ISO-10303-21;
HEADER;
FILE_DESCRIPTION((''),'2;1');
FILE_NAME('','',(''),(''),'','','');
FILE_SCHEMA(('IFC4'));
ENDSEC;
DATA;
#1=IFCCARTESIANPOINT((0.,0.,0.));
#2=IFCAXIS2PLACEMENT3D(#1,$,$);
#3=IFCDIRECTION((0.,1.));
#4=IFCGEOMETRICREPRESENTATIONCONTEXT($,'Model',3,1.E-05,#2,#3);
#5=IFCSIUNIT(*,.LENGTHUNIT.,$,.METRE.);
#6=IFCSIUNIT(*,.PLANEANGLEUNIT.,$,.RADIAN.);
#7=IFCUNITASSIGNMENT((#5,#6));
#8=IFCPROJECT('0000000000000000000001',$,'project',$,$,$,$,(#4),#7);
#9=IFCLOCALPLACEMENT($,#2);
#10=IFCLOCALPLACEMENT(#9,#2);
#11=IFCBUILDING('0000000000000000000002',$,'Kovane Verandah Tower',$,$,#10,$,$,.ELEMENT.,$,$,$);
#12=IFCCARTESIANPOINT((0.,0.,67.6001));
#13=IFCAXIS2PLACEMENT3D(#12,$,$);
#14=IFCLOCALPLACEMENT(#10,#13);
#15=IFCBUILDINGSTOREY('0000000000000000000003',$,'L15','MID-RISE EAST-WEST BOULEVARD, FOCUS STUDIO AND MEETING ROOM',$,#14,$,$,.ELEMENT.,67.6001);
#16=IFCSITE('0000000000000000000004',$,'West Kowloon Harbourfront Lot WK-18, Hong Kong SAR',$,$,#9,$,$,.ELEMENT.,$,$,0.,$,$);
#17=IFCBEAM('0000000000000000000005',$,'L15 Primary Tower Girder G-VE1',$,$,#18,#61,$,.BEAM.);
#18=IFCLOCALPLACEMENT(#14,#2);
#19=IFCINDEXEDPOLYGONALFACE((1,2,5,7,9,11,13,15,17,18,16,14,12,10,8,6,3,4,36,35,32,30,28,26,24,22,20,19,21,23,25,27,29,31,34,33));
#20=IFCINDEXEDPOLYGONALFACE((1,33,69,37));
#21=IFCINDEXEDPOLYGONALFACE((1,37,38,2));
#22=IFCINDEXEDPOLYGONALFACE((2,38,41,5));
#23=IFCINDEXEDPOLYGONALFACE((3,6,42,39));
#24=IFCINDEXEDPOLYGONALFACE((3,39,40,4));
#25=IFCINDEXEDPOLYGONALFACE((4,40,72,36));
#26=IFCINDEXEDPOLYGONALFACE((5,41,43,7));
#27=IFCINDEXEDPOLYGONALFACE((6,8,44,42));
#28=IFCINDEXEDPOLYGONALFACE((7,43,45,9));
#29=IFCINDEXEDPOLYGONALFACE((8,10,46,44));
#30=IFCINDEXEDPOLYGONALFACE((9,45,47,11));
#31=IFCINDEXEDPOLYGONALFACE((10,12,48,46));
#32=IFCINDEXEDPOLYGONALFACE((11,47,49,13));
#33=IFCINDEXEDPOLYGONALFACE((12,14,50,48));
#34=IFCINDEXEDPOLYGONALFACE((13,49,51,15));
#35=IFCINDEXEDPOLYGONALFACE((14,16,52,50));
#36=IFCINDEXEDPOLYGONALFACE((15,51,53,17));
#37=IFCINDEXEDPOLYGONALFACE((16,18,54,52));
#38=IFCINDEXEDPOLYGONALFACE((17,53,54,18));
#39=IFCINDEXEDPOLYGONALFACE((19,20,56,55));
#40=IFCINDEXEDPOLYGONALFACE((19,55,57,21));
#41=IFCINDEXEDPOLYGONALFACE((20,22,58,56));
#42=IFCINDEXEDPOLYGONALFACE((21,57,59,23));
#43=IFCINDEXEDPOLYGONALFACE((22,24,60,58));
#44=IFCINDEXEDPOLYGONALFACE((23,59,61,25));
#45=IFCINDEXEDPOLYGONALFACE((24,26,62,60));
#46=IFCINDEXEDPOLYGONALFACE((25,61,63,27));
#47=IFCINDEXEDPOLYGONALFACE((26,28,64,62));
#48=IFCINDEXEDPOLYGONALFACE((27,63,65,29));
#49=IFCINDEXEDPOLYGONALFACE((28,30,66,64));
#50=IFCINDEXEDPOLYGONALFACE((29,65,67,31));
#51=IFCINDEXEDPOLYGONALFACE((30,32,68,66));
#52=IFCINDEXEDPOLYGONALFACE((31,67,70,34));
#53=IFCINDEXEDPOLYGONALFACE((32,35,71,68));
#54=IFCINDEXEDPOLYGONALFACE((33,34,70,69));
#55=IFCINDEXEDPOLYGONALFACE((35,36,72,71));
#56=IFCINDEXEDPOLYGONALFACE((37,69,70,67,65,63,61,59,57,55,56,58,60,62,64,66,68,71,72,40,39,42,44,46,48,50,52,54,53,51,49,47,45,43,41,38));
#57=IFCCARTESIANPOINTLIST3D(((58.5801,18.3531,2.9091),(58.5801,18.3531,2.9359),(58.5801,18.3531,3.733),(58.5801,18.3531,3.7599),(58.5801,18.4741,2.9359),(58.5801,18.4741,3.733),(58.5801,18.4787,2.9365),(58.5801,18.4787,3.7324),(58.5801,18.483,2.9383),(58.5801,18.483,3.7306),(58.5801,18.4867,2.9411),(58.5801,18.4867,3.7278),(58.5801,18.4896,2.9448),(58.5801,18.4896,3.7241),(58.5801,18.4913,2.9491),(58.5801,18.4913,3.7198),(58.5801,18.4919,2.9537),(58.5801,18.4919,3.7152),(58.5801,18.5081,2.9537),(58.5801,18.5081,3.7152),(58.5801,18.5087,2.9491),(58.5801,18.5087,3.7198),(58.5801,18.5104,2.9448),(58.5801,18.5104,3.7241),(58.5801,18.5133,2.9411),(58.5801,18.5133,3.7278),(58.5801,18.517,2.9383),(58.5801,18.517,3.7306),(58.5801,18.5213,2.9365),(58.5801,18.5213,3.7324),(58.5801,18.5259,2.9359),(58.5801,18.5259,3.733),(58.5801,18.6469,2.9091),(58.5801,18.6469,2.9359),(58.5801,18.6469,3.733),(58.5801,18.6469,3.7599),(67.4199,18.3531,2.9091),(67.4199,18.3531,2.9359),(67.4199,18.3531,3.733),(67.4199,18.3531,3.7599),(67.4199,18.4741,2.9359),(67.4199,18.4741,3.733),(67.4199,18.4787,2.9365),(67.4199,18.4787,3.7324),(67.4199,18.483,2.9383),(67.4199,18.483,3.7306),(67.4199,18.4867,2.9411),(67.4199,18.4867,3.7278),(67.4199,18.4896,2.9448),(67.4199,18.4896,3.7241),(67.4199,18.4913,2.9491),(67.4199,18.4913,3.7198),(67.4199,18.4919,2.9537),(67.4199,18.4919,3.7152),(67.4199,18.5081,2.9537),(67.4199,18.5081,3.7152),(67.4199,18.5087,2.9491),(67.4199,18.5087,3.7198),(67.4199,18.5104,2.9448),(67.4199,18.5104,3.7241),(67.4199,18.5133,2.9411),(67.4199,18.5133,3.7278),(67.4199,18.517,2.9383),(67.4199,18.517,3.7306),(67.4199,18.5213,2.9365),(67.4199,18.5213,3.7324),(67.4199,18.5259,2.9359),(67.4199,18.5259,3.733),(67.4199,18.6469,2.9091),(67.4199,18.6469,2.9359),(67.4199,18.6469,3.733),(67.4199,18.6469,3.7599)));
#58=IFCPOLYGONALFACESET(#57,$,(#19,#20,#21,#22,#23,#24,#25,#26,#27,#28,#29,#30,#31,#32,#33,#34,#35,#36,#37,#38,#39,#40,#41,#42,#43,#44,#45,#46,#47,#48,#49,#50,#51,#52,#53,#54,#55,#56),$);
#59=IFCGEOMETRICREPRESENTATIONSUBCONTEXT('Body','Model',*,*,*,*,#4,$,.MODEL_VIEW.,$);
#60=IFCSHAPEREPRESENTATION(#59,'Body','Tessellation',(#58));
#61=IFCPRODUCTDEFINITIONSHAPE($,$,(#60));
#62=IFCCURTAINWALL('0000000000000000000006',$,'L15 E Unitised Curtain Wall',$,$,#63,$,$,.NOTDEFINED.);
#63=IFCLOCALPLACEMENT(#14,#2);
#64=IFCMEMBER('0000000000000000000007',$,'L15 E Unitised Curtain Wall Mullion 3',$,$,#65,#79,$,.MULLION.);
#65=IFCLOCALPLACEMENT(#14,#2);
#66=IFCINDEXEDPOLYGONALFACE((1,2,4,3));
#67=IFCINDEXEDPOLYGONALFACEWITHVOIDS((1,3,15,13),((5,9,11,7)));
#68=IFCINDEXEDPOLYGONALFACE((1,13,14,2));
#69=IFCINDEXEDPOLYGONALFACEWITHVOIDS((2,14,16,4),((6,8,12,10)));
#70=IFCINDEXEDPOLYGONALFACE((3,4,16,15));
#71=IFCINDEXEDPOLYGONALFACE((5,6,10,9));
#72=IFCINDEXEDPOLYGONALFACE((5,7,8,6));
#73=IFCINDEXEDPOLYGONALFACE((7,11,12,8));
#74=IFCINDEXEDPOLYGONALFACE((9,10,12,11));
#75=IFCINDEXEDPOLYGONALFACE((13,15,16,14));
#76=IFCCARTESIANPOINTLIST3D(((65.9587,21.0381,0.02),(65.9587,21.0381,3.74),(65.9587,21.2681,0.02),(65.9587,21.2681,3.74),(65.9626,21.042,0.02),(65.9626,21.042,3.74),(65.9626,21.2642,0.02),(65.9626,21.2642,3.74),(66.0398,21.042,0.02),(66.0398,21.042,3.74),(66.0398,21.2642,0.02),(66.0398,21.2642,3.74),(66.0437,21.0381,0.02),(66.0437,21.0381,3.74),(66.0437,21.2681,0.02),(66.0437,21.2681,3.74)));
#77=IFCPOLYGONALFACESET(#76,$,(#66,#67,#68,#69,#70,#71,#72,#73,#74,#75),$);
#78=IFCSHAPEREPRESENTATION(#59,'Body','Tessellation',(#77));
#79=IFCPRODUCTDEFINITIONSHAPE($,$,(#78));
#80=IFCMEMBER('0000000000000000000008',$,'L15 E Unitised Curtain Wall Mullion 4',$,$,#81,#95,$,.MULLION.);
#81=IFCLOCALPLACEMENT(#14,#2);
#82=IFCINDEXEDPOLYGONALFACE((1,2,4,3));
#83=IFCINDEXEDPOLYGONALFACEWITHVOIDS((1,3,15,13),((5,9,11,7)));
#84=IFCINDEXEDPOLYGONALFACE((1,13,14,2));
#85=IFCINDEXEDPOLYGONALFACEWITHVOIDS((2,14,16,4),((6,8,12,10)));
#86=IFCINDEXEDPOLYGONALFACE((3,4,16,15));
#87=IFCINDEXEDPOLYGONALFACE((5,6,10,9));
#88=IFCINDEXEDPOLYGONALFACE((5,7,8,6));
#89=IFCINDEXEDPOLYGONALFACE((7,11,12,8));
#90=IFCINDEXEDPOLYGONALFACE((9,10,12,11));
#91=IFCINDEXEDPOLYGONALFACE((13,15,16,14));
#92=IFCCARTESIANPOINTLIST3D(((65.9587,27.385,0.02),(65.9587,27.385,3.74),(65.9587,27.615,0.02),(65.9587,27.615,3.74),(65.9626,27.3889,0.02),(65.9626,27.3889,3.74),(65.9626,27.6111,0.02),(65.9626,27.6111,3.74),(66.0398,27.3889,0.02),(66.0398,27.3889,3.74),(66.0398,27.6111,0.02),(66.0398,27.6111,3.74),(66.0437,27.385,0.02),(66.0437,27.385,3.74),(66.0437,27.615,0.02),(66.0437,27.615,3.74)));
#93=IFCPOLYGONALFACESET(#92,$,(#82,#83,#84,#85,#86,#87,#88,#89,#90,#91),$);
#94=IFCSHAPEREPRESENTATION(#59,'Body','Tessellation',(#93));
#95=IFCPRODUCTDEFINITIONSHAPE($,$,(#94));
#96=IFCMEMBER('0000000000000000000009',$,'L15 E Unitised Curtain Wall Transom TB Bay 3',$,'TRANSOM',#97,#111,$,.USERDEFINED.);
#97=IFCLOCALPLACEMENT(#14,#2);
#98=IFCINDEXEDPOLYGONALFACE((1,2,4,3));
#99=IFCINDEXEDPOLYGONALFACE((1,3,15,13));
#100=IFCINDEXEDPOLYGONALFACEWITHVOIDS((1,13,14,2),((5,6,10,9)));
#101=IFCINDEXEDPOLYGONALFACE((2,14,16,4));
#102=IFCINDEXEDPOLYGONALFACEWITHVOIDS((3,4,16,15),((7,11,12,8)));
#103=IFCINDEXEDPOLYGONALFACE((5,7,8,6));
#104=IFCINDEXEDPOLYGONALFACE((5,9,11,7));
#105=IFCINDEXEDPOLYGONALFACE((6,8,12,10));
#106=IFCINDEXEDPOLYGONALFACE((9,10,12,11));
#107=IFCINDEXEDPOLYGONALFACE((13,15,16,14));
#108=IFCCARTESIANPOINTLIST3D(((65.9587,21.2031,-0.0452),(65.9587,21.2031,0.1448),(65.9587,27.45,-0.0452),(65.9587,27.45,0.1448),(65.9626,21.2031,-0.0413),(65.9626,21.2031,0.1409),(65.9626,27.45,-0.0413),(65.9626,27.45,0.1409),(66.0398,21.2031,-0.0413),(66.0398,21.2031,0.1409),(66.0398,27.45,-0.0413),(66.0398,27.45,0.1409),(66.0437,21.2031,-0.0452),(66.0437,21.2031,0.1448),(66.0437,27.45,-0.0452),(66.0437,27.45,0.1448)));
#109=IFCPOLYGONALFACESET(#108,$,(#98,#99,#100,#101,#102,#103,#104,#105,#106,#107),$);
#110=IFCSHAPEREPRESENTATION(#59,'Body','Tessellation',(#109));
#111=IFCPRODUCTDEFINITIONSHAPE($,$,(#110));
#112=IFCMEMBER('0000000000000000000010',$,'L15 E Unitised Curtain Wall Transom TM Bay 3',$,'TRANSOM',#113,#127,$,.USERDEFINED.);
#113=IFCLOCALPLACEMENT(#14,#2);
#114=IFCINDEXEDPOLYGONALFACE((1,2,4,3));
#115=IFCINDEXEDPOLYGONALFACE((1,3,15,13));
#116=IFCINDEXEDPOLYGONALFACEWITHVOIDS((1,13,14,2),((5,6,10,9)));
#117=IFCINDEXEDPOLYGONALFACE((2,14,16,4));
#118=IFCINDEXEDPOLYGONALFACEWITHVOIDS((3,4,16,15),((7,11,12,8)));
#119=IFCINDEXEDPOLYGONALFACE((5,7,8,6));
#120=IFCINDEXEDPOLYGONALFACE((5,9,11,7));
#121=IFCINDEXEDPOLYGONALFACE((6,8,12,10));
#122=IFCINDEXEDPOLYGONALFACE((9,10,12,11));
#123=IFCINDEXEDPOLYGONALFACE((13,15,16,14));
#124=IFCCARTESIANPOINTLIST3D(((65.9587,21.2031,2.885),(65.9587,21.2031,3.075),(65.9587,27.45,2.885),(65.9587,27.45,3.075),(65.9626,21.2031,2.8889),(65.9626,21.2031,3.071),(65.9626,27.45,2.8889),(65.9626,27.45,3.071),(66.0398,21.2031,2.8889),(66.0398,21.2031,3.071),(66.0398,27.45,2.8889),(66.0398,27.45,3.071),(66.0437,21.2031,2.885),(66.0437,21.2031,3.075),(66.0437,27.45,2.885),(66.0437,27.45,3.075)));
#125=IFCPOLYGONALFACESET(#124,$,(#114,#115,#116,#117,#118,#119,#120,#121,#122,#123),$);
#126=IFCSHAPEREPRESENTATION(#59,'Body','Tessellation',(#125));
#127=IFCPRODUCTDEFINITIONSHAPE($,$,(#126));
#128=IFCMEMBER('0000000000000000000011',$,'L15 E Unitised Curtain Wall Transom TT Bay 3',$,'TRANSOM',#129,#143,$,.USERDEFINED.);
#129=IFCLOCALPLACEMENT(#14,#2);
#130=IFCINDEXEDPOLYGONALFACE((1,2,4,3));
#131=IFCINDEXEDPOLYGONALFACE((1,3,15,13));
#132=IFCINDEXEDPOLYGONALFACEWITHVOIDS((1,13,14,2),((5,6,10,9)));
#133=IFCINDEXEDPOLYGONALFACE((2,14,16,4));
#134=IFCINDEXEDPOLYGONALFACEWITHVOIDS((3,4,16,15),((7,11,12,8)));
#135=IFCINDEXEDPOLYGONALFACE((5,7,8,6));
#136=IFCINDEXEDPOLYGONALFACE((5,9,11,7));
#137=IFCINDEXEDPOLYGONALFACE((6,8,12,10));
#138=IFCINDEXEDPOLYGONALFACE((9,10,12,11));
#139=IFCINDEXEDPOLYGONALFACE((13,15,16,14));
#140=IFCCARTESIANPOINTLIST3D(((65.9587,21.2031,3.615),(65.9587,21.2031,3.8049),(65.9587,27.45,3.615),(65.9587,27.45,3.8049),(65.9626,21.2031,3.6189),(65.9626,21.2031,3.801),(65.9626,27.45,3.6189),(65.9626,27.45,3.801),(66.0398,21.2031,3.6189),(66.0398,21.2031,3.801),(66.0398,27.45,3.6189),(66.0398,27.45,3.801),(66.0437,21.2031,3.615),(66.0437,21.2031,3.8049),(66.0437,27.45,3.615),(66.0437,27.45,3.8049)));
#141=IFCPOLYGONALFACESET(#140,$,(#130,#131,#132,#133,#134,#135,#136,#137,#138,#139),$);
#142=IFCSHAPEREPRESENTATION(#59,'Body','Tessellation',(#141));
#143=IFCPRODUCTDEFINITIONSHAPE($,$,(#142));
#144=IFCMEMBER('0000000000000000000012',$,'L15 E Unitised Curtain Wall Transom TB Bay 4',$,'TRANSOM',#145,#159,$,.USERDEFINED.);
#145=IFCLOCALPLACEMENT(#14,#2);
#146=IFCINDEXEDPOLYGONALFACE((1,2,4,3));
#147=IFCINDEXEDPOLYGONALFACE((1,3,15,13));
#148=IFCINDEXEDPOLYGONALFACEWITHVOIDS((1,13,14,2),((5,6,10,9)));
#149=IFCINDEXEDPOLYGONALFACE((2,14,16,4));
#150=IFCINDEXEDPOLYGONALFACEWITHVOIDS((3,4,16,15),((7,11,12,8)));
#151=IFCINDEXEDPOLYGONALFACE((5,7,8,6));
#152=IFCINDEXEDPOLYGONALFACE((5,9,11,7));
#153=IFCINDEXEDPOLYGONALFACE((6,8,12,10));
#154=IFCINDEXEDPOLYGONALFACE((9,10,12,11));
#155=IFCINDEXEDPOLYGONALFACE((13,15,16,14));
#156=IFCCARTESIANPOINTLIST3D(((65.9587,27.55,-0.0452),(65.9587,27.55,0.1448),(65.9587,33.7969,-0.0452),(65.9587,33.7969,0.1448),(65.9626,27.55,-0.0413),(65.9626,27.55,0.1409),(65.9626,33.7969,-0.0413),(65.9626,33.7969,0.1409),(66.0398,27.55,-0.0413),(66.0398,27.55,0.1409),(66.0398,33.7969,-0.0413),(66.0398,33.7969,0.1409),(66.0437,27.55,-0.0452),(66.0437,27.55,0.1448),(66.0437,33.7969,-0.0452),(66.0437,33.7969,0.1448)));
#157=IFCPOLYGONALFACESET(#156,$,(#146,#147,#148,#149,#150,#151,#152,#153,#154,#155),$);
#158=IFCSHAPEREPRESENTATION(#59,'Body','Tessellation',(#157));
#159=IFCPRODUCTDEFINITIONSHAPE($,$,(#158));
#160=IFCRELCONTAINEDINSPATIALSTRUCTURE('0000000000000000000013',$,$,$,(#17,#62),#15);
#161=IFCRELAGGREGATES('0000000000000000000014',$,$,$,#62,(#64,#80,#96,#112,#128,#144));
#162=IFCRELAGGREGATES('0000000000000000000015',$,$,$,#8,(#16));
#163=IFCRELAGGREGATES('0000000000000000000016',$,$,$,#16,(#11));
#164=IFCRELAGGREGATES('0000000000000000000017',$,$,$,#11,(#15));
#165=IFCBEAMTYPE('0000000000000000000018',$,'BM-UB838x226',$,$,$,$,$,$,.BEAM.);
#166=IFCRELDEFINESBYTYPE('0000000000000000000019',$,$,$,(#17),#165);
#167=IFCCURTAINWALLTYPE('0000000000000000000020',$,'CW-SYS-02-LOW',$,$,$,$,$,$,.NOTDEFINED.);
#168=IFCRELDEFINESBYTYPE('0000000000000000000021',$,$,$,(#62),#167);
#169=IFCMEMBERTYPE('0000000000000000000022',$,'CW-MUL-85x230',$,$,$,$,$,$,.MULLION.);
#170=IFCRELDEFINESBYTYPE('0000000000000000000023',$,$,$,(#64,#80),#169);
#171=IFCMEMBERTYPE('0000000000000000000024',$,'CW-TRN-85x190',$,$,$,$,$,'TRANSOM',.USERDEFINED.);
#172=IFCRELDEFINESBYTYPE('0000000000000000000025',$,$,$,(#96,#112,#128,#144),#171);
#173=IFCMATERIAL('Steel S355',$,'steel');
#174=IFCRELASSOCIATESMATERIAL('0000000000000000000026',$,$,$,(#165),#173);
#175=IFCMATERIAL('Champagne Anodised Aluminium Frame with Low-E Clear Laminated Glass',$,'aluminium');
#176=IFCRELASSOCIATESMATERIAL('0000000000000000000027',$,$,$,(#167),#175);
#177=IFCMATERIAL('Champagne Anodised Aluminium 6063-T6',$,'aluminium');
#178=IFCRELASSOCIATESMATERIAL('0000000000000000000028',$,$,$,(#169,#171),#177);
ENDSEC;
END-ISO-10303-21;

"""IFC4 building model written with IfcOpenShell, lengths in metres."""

from ifc_helpers import new_model, si_unit, direction, frame, origin, origin_2d, place, context, subcontext, project, spatial, hollow_rectangle, i_section, extrude, material, material_profile, profile_set, type_object, element, aggregate, save


model = new_model("IFC4")

# Units and contexts
model_context = context("Model", 3, precision=1e-05, world=origin(), true_north=direction((0.0, 1.0)))
body_context = subcontext(model_context, "Body", "Model", "MODEL_VIEW")
ifc_project = project(units=[si_unit("LENGTHUNIT", "METRE"), si_unit("PLANEANGLEUNIT", "RADIAN")], contexts=[model_context])

# Site, building, storey
site_placement = place(None, origin())
site = spatial("IfcSite", under=ifc_project, at=site_placement, Name="West Kowloon Harbourfront Lot WK-18, Hong Kong SAR", CompositionType="ELEMENT", RefElevation=0.0)
building_placement = place(site_placement, origin())
building = spatial("IfcBuilding", under=site, at=building_placement, Name="Kovane Verandah Tower", CompositionType="ELEMENT")
storey_placement = place(building_placement, frame((0.0, 0.0, 67.6001)))
storey = spatial("IfcBuildingStorey", under=building, at=storey_placement, Name="L15", Description="MID-RISE EAST-WEST BOULEVARD, FOCUS STUDIO AND MEETING ROOM", CompositionType="ELEMENT", Elevation=67.6001)

# Beam
ifc_material_1 = material(Name="Steel S355", Category="steel")
ifc_material_profile_1 = material_profile(ifc_material_1, i_section(OverallWidth=0.2937, OverallDepth=0.8508, WebThickness=0.0161, FlangeThickness=0.0269, FilletRadius=0.0178, at=origin_2d()), Name="UB838x292x226")
ifc_profile_set_1 = profile_set([ifc_material_profile_1], Name="Steel S355")
beam_type_1 = type_object("IfcBeamType", Name="BM-UB838x226", PredefinedType="BEAM", material=ifc_profile_set_1)
beam_1_placement = place(storey_placement, frame((58.5801, 18.5, 3.3345), z_axis=(1.0, 0.0, 0.0), x_axis=(0.0, 1.0, 0.0)))
element("IfcBeam", 1, at=beam_1_placement, inside=storey, type_object=beam_type_1, Name="L15 Primary Tower Girder G-VE1", PredefinedType="BEAM", context=body_context, shape_type="SweptSolid", body=[
    extrude(i_section(OverallWidth=0.2937, OverallDepth=0.8508, WebThickness=0.0161, FlangeThickness=0.0269, FilletRadius=0.0178, at=origin_2d()), origin(), (0.0, 0.0, 1.0), 8.8398),
])

# Curtain wall, members
ifc_material_2 = material(Name="Champagne Anodised Aluminium Frame with Low-E Clear Laminated Glass", Category="aluminium")
curtain_wall_type = type_object("IfcCurtainWallType", Name="CW-SYS-02-LOW", PredefinedType="NOTDEFINED", material=ifc_material_2)
curtain_wall_placement = place(storey_placement, origin())
curtain_wall = element("IfcCurtainWall", 2, at=curtain_wall_placement, inside=storey, type_object=curtain_wall_type, Name="L15 E Unitised Curtain Wall", PredefinedType="NOTDEFINED")
ifc_material_3 = material(Name="Champagne Anodised Aluminium 6063-T6", Category="aluminium")
ifc_material_profile_2 = material_profile(ifc_material_3, hollow_rectangle(XDim=0.085, YDim=0.23, WallThickness=0.0039, at=origin_2d()), Name="AL85x230x4")
ifc_profile_set_2 = profile_set([ifc_material_profile_2], Name="Champagne Anodised Aluminium 6063-T6")
member_type_1 = type_object("IfcMemberType", Name="CW-MUL-85x230", PredefinedType="MULLION", material=ifc_profile_set_2)
member_1_placement = place(storey_placement, frame((66.0012, 21.1531, 0.02), z_axis=(0.0, 0.0, 1.0), x_axis=(1.0, 0.0, 0.0)))
member_1 = element("IfcMember", 3, at=member_1_placement, type_object=member_type_1, Name="L15 E Unitised Curtain Wall Mullion 3", PredefinedType="MULLION", context=body_context, shape_type="SweptSolid", body=[
    extrude(hollow_rectangle(XDim=0.085, YDim=0.23, WallThickness=0.0039, at=origin_2d()), origin(), (0.0, 0.0, 1.0), 3.72),
])
member_2_placement = place(storey_placement, frame((66.0012, 27.5, 0.02), z_axis=(0.0, 0.0, 1.0), x_axis=(1.0, 0.0, 0.0)))
member_2 = element("IfcMember", 4, at=member_2_placement, type_object=member_type_1, Name="L15 E Unitised Curtain Wall Mullion 4", PredefinedType="MULLION", context=body_context, shape_type="SweptSolid", body=[
    extrude(hollow_rectangle(XDim=0.085, YDim=0.23, WallThickness=0.0039, at=origin_2d()), origin(), (0.0, 0.0, 1.0), 3.72),
])
ifc_material_profile_3 = material_profile(ifc_material_3, hollow_rectangle(XDim=0.085, YDim=0.1899, WallThickness=0.0039, at=origin_2d()), Name="AL85x190x4")
ifc_profile_set_3 = profile_set([ifc_material_profile_3], Name="Champagne Anodised Aluminium 6063-T6")
member_type_2 = type_object("IfcMemberType", Name="CW-TRN-85x190", ElementType="TRANSOM", PredefinedType="USERDEFINED", material=ifc_profile_set_3)
member_3_placement = place(storey_placement, frame((66.0012, 21.2031, 0.0498), z_axis=(0.0, 1.0, 0.0), x_axis=(-1.0, 0.0, 0.0)))
member_3 = element("IfcMember", 5, at=member_3_placement, type_object=member_type_2, Name="L15 E Unitised Curtain Wall Transom TB Bay 3", ObjectType="TRANSOM", PredefinedType="USERDEFINED", context=body_context, shape_type="SweptSolid", body=[
    extrude(hollow_rectangle(XDim=0.085, YDim=0.1899, WallThickness=0.0039, at=origin_2d()), origin(), (0.0, 0.0, 1.0), 6.2468),
])
member_4_placement = place(storey_placement, frame((66.0012, 21.2031, 2.98), z_axis=(0.0, 1.0, 0.0), x_axis=(-1.0, 0.0, 0.0)))
member_4 = element("IfcMember", 6, at=member_4_placement, type_object=member_type_2, Name="L15 E Unitised Curtain Wall Transom TM Bay 3", ObjectType="TRANSOM", PredefinedType="USERDEFINED", context=body_context, shape_type="SweptSolid", body=[
    extrude(hollow_rectangle(XDim=0.085, YDim=0.1899, WallThickness=0.0039, at=origin_2d()), origin(), (0.0, 0.0, 1.0), 6.2468),
])
member_5_placement = place(storey_placement, frame((66.0012, 21.2031, 3.71), z_axis=(0.0, 1.0, 0.0), x_axis=(-1.0, 0.0, 0.0)))
member_5 = element("IfcMember", 7, at=member_5_placement, type_object=member_type_2, Name="L15 E Unitised Curtain Wall Transom TT Bay 3", ObjectType="TRANSOM", PredefinedType="USERDEFINED", context=body_context, shape_type="SweptSolid", body=[
    extrude(hollow_rectangle(XDim=0.085, YDim=0.1899, WallThickness=0.0039, at=origin_2d()), origin(), (0.0, 0.0, 1.0), 6.2468),
])
member_6_placement = place(storey_placement, frame((66.0012, 27.55, 0.0498), z_axis=(0.0, 1.0, 0.0), x_axis=(-1.0, 0.0, 0.0)))
member_6 = element("IfcMember", 8, at=member_6_placement, type_object=member_type_2, Name="L15 E Unitised Curtain Wall Transom TB Bay 4", ObjectType="TRANSOM", PredefinedType="USERDEFINED", context=body_context, shape_type="SweptSolid", body=[
    extrude(hollow_rectangle(XDim=0.085, YDim=0.1899, WallThickness=0.0039, at=origin_2d()), origin(), (0.0, 0.0, 1.0), 6.2468),
])

aggregate(curtain_wall, [member_1, member_2, member_3, member_4, member_5, member_6])

save(model, "model.ifc")
